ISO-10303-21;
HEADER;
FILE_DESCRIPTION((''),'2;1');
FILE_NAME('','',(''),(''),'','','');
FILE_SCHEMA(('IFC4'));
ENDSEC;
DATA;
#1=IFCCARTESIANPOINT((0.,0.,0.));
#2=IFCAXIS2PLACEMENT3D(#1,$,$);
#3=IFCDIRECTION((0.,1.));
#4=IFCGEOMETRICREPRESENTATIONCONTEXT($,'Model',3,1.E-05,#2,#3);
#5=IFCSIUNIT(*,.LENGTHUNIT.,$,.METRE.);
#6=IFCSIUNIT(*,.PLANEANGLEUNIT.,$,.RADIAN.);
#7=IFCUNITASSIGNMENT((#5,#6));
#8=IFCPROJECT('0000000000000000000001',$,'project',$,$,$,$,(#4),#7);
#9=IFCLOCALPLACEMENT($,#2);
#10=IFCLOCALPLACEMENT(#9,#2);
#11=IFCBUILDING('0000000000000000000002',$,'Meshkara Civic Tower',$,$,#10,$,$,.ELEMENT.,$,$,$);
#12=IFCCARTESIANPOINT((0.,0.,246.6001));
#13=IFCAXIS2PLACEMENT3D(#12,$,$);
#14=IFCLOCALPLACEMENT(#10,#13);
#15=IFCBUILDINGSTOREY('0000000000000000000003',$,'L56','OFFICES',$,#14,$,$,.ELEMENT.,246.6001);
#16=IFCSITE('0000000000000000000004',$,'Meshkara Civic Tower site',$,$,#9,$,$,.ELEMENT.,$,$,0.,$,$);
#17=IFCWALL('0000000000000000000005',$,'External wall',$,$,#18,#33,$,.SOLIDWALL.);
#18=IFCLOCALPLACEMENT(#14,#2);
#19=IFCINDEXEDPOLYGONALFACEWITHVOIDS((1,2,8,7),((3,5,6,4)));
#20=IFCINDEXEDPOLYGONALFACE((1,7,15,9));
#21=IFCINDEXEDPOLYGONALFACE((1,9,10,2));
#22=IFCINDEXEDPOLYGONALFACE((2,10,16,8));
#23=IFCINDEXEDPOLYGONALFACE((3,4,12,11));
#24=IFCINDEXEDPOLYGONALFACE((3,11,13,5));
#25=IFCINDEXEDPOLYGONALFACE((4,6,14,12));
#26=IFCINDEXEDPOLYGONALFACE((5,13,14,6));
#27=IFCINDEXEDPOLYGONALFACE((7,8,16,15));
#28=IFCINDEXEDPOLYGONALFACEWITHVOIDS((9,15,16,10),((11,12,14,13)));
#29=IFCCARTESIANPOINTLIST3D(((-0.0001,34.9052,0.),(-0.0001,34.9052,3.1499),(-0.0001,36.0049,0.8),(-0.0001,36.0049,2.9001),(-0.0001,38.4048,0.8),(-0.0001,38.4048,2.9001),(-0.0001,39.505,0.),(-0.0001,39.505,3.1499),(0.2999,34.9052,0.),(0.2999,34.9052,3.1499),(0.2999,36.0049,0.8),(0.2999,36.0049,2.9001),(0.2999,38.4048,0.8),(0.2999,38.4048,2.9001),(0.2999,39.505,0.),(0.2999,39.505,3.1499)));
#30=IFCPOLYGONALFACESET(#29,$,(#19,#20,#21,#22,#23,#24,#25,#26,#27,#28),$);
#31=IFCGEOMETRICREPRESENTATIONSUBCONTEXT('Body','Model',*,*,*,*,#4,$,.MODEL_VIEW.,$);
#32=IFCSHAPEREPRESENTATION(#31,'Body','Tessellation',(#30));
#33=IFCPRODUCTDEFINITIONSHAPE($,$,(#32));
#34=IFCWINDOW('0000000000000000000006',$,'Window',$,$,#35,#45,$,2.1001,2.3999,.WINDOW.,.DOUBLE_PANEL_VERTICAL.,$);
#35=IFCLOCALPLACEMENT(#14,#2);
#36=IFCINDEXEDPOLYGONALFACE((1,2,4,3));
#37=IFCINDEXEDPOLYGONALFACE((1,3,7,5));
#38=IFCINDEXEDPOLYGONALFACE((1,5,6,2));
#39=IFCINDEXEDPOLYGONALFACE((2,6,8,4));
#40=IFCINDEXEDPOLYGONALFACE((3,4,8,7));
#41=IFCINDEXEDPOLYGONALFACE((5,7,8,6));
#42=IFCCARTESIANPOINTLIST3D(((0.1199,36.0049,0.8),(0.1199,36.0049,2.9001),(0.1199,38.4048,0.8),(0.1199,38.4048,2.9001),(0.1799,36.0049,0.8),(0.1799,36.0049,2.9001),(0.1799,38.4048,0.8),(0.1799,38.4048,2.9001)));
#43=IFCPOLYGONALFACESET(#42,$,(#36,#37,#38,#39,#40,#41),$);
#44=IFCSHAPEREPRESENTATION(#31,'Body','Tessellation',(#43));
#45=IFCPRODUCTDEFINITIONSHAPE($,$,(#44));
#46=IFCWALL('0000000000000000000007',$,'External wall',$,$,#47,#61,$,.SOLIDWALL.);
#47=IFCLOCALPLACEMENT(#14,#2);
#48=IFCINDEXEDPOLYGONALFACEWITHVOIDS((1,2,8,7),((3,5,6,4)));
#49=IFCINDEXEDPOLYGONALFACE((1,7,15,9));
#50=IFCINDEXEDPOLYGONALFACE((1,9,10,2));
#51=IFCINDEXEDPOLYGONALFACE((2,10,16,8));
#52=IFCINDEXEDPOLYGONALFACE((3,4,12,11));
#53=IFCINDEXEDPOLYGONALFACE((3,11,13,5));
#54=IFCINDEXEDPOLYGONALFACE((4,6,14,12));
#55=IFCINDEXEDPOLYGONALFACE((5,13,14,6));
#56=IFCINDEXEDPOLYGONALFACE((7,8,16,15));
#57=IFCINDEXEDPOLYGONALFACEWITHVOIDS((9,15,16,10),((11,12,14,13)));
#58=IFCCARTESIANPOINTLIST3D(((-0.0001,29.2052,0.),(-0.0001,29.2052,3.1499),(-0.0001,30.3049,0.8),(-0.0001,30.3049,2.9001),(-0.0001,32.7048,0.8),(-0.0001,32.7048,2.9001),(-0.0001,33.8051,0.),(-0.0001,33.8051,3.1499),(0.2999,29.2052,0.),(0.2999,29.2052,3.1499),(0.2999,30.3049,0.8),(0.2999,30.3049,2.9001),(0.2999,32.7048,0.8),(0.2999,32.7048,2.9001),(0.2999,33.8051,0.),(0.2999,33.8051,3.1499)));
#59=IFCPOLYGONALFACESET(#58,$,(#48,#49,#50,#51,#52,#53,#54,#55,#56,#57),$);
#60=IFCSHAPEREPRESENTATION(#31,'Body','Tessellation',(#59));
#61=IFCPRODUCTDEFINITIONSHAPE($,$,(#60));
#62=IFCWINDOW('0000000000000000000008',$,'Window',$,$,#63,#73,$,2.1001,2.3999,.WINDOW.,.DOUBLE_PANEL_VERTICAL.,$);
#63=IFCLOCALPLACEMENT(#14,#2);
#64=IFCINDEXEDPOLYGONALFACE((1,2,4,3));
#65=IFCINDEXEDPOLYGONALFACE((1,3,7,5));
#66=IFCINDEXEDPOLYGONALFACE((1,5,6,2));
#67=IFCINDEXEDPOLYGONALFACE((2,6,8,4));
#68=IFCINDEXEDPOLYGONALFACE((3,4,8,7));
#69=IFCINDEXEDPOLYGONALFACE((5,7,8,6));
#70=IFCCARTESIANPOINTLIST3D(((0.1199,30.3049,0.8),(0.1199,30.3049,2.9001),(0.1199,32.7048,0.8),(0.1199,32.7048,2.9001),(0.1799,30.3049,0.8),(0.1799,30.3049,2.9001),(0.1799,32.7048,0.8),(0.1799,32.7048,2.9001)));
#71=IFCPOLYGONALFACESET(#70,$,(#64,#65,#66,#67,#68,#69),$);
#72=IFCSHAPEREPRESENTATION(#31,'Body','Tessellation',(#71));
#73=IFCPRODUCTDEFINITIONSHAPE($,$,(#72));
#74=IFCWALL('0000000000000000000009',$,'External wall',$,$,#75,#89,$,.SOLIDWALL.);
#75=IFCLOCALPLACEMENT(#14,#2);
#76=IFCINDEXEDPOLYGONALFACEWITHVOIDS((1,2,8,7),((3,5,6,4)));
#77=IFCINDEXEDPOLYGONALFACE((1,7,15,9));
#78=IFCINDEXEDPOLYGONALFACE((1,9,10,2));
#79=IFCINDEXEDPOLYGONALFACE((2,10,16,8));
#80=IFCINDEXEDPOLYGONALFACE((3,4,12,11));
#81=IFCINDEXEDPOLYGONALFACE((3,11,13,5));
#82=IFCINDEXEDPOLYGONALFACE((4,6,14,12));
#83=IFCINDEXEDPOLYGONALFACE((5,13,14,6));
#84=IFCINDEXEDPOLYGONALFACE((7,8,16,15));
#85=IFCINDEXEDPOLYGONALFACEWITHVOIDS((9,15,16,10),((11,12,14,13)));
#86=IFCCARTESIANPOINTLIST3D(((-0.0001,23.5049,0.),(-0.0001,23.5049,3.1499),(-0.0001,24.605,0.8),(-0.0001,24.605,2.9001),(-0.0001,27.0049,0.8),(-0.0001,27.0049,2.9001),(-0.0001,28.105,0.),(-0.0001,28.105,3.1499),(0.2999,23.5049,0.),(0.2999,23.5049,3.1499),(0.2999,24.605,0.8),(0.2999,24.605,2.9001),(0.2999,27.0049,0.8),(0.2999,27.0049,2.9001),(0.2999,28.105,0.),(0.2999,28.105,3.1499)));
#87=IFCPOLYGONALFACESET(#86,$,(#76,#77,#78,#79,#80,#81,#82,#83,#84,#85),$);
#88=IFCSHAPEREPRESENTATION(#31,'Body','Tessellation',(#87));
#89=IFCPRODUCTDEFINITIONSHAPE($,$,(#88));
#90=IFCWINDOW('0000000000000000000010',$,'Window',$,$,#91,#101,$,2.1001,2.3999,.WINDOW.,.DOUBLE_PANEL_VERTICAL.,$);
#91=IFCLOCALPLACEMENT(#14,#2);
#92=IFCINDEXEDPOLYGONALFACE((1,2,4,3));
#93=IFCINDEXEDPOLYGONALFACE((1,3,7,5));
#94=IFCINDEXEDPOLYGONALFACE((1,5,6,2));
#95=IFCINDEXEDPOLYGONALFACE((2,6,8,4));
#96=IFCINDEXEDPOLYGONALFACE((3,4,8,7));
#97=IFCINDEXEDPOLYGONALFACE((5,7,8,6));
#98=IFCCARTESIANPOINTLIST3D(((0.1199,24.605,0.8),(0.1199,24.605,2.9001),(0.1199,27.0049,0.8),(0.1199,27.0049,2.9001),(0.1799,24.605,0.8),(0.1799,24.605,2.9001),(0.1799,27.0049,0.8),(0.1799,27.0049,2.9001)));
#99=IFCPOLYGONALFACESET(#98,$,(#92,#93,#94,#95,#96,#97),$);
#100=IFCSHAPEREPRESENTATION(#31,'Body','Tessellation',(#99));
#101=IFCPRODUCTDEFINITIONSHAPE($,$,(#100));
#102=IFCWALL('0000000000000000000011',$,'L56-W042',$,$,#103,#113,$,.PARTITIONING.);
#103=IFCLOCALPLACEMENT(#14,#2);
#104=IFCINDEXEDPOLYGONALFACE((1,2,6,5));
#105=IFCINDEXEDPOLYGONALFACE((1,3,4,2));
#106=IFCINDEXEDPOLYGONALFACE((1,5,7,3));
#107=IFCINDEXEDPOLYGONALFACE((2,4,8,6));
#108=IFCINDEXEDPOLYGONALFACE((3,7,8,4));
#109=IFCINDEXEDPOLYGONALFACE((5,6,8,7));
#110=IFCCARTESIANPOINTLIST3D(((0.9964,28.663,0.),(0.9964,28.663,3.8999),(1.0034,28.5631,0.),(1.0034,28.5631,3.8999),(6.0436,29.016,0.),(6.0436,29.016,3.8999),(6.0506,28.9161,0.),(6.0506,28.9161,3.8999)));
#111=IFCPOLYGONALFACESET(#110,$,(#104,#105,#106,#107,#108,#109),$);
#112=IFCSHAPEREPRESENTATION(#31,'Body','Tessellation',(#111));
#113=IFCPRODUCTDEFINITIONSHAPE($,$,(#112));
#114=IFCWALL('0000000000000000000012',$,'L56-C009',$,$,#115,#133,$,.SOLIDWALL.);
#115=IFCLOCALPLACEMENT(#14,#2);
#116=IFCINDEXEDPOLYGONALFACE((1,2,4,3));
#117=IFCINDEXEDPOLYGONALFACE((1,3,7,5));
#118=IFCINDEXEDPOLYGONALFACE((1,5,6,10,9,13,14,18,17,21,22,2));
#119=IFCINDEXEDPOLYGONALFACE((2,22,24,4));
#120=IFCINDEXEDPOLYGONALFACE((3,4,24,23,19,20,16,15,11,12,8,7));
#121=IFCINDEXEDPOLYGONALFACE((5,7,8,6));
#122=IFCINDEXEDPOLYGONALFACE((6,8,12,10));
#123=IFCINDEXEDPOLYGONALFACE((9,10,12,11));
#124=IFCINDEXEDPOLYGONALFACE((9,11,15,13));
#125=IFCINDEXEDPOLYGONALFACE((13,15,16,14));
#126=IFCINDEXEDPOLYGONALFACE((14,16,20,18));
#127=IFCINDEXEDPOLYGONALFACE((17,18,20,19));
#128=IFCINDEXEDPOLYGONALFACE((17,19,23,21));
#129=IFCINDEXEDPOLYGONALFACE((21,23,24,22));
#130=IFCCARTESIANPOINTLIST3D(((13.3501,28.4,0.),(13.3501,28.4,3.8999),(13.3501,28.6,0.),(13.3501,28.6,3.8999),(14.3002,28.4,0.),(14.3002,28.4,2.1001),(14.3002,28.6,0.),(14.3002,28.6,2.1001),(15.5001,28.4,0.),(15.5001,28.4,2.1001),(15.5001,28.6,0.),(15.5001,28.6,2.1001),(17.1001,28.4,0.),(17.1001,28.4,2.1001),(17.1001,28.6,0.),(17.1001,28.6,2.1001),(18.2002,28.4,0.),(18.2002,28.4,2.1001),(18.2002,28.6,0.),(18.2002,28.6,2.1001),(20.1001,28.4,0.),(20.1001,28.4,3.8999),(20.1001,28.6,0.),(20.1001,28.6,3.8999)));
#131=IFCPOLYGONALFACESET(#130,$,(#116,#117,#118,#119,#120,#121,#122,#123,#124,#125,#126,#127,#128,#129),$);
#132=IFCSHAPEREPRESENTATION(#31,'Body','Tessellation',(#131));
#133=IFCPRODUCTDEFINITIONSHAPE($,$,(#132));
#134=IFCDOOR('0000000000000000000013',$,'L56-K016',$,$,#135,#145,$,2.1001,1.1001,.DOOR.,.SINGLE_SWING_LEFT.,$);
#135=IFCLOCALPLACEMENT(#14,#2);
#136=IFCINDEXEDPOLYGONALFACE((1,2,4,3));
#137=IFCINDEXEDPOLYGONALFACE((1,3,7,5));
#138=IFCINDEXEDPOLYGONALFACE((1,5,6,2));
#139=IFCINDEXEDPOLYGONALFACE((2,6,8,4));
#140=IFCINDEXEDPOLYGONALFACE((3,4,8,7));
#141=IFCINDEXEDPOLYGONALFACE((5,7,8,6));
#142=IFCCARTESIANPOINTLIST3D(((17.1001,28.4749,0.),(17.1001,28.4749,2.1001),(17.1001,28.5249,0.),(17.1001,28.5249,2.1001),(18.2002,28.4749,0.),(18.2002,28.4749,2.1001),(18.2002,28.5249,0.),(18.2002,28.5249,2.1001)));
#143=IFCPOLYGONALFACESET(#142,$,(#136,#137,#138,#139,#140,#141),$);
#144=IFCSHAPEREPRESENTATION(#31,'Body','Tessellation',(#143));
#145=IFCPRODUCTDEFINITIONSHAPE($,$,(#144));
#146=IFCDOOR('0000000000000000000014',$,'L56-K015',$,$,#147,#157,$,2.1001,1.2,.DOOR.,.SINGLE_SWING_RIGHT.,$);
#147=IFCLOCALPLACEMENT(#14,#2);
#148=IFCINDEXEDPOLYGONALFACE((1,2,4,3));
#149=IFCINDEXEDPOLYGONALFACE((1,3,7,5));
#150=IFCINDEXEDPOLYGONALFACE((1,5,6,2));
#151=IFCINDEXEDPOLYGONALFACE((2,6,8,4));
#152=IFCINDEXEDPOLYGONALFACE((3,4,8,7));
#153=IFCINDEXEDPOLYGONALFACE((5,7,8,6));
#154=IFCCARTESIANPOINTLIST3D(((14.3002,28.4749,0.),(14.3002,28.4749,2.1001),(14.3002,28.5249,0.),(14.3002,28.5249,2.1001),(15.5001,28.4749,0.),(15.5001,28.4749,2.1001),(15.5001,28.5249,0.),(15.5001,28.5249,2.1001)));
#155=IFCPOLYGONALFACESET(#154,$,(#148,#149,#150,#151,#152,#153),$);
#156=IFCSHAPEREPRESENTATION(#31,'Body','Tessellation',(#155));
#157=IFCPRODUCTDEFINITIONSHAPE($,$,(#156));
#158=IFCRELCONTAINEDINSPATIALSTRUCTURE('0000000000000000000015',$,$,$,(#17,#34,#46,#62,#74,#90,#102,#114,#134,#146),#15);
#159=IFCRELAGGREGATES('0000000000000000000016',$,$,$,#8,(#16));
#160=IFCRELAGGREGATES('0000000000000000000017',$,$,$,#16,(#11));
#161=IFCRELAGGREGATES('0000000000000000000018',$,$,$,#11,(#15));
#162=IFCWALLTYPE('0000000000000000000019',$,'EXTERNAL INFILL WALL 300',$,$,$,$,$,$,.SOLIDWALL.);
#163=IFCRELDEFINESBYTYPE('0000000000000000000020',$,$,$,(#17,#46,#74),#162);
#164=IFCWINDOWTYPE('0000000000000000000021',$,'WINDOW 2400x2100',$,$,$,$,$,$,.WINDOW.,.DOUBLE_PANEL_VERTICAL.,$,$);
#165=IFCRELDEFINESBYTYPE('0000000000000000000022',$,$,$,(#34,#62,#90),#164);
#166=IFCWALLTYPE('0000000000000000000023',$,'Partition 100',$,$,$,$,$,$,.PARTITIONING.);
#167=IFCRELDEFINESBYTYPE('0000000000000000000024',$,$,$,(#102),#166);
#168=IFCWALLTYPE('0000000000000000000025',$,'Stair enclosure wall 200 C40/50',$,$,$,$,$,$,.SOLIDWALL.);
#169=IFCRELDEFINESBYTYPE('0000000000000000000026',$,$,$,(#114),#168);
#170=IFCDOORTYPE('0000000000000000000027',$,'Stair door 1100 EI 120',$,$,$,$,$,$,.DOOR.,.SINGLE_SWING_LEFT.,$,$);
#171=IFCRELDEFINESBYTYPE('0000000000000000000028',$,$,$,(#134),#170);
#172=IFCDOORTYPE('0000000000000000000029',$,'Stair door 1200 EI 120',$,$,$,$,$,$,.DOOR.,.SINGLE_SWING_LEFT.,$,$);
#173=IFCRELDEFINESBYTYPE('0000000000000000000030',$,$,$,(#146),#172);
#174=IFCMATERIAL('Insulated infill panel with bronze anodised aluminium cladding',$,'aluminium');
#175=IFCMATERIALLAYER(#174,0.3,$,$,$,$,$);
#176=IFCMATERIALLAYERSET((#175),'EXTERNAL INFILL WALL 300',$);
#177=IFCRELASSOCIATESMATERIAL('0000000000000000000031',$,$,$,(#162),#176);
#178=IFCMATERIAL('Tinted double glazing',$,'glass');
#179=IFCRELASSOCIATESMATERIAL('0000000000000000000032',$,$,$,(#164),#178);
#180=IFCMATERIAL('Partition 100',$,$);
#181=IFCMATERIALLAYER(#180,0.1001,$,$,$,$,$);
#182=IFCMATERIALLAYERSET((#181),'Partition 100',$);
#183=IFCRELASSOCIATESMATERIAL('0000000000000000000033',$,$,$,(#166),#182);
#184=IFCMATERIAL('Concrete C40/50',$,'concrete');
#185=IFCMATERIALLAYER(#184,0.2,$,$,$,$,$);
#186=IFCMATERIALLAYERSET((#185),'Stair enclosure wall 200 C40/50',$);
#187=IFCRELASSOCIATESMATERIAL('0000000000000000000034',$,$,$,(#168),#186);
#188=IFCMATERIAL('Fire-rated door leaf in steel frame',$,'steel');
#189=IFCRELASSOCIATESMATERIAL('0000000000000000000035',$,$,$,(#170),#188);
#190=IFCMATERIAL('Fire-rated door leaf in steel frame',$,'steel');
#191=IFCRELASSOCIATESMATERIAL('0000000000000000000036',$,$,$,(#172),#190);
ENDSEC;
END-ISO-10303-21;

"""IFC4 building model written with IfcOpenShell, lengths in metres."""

from ifc_helpers import new_model, si_unit, direction, frame, frame_2d, origin, place, context, subcontext, project, spatial, rectangle, extrude, material, layer, layer_set, type_object, element, fill, save


model = new_model("IFC4")

# Units and contexts
model_context = context("Model", 3, precision=1e-05, world=origin(), true_north=direction((0.0, 1.0)))
body_context = subcontext(model_context, "Body", "Model", "MODEL_VIEW")
ifc_project = project(units=[si_unit("LENGTHUNIT", "METRE"), si_unit("PLANEANGLEUNIT", "RADIAN")], contexts=[model_context])

# Site, building, storey
site_placement = place(None, origin())
site = spatial("IfcSite", under=ifc_project, at=site_placement, Name="Meshkara Civic Tower site", CompositionType="ELEMENT", RefElevation=0.0)
building_placement = place(site_placement, origin())
building = spatial("IfcBuilding", under=site, at=building_placement, Name="Meshkara Civic Tower", CompositionType="ELEMENT")
storey_placement = place(building_placement, frame((0.0, 0.0, 246.6001)))
storey = spatial("IfcBuildingStorey", under=building, at=storey_placement, Name="L56", Description="OFFICES", CompositionType="ELEMENT", Elevation=246.6001)

# Walls, openings, windows
ifc_material_1 = material(Name="Insulated infill panel with bronze anodised aluminium cladding", Category="aluminium")
ifc_layer_1 = layer(ifc_material_1, 0.3)
ifc_layer_set_1 = layer_set([ifc_layer_1], Name="EXTERNAL INFILL WALL 300")
wall_type_1 = type_object("IfcWallType", Name="EXTERNAL INFILL WALL 300", PredefinedType="SOLIDWALL", material=ifc_layer_set_1)
wall_1_placement = place(storey_placement, frame((0.1499, 39.5049, 0.0), z_axis=(0.0, 0.0, 1.0), x_axis=(0.0, -1.0, 0.0)))
wall_1 = element("IfcWall", 1, at=wall_1_placement, inside=storey, type_object=wall_type_1, Name="External wall", PredefinedType="SOLIDWALL", context=body_context, shape_type="SweptSolid", body=[
    extrude(rectangle(XDim=4.5999, YDim=0.3, at=frame_2d((2.2998, 0.0))), origin(), (0.0, 0.0, 1.0), 3.1499),
])
opening_1_placement = place(wall_1_placement, frame((1.1001, 0.0, 0.8)))
opening_1 = element("IfcOpeningElement", 2, at=opening_1_placement, cuts=wall_1, PredefinedType="OPENING", context=body_context, shape_type="SweptSolid", body=[
    extrude(rectangle(XDim=2.3999, YDim=2.1001, at=frame_2d((1.2, 1.05))), frame((0.0, 0.1599, 0.0), z_axis=(0.0, -1.0, 0.0), x_axis=(1.0, 0.0, 0.0)), (0.0, 0.0, 1.0), 0.3201),
])
ifc_material_2 = material(Name="Tinted double glazing", Category="glass")
window_type = type_object("IfcWindowType", Name="WINDOW 2400x2100", PartitioningType="DOUBLE_PANEL_VERTICAL", PredefinedType="WINDOW", material=ifc_material_2)
window_1_placement = place(opening_1_placement, origin())
window_1 = element("IfcWindow", 3, at=window_1_placement, inside=storey, type_object=window_type, Name="Window", OverallHeight=2.1001, OverallWidth=2.3999, PartitioningType="DOUBLE_PANEL_VERTICAL", PredefinedType="WINDOW", context=body_context, shape_type="SweptSolid", body=[
    extrude(rectangle(XDim=2.3999, YDim=2.1001, at=frame_2d((1.2, 1.05))), frame((0.0, 0.03, 0.0), z_axis=(0.0, -1.0, 0.0), x_axis=(1.0, 0.0, 0.0)), (0.0, 0.0, 1.0), 0.0601),
])
fill(opening_1, window_1)
wall_2_placement = place(storey_placement, frame((0.1499, 33.8049, 0.0), z_axis=(0.0, 0.0, 1.0), x_axis=(0.0, -1.0, 0.0)))
wall_2 = element("IfcWall", 4, at=wall_2_placement, inside=storey, type_object=wall_type_1, Name="External wall", PredefinedType="SOLIDWALL", context=body_context, shape_type="SweptSolid", body=[
    extrude(rectangle(XDim=4.5999, YDim=0.3, at=frame_2d((2.2998, 0.0))), origin(), (0.0, 0.0, 1.0), 3.1499),
])
opening_2_placement = place(wall_2_placement, frame((1.1001, 0.0, 0.8)))
opening_2 = element("IfcOpeningElement", 5, at=opening_2_placement, cuts=wall_2, PredefinedType="OPENING", context=body_context, shape_type="SweptSolid", body=[
    extrude(rectangle(XDim=2.3999, YDim=2.1001, at=frame_2d((1.2, 1.05))), frame((0.0, 0.1599, 0.0), z_axis=(0.0, -1.0, 0.0), x_axis=(1.0, 0.0, 0.0)), (0.0, 0.0, 1.0), 0.3201),
])
window_2_placement = place(opening_2_placement, origin())
window_2 = element("IfcWindow", 6, at=window_2_placement, inside=storey, type_object=window_type, Name="Window", OverallHeight=2.1001, OverallWidth=2.3999, PartitioningType="DOUBLE_PANEL_VERTICAL", PredefinedType="WINDOW", context=body_context, shape_type="SweptSolid", body=[
    extrude(rectangle(XDim=2.3999, YDim=2.1001, at=frame_2d((1.2, 1.05))), frame((0.0, 0.03, 0.0), z_axis=(0.0, -1.0, 0.0), x_axis=(1.0, 0.0, 0.0)), (0.0, 0.0, 1.0), 0.0601),
])
fill(opening_2, window_2)
wall_3_placement = place(storey_placement, frame((0.1499, 28.105, 0.0), z_axis=(0.0, 0.0, 1.0), x_axis=(0.0, -1.0, 0.0)))
wall_3 = element("IfcWall", 7, at=wall_3_placement, inside=storey, type_object=wall_type_1, Name="External wall", PredefinedType="SOLIDWALL", context=body_context, shape_type="SweptSolid", body=[
    extrude(rectangle(XDim=4.6001, YDim=0.3, at=frame_2d((2.3, 0.0))), origin(), (0.0, 0.0, 1.0), 3.1499),
])
opening_3_placement = place(wall_3_placement, frame((1.1001, 0.0, 0.8)))
opening_3 = element("IfcOpeningElement", 8, at=opening_3_placement, cuts=wall_3, PredefinedType="OPENING", context=body_context, shape_type="SweptSolid", body=[
    extrude(rectangle(XDim=2.3999, YDim=2.1001, at=frame_2d((1.2, 1.05))), frame((0.0, 0.1599, 0.0), z_axis=(0.0, -1.0, 0.0), x_axis=(1.0, 0.0, 0.0)), (0.0, 0.0, 1.0), 0.3201),
])
window_3_placement = place(opening_3_placement, origin())
window_3 = element("IfcWindow", 9, at=window_3_placement, inside=storey, type_object=window_type, Name="Window", OverallHeight=2.1001, OverallWidth=2.3999, PartitioningType="DOUBLE_PANEL_VERTICAL", PredefinedType="WINDOW", context=body_context, shape_type="SweptSolid", body=[
    extrude(rectangle(XDim=2.3999, YDim=2.1001, at=frame_2d((1.2, 1.05))), frame((0.0, 0.03, 0.0), z_axis=(0.0, -1.0, 0.0), x_axis=(1.0, 0.0, 0.0)), (0.0, 0.0, 1.0), 0.0601),
])
fill(opening_3, window_3)

# Wall
ifc_material_3 = material(Name="Partition 100")
ifc_layer_2 = layer(ifc_material_3, 0.1001)
ifc_layer_set_2 = layer_set([ifc_layer_2], Name="Partition 100")
wall_type_2 = type_object("IfcWallType", Name="Partition 100", PredefinedType="PARTITIONING", material=ifc_layer_set_2)
wall_4_placement = place(storey_placement, frame((6.0471, 28.9661, 0.0), z_axis=(0.0, 0.0, 1.0), x_axis=(-0.997563, -0.069776, 0.0)))
element("IfcWall", 10, at=wall_4_placement, inside=storey, type_object=wall_type_2, Name="L56-W042", PredefinedType="PARTITIONING", context=body_context, shape_type="SweptSolid", body=[
    extrude(rectangle(XDim=5.0596, YDim=0.1001, at=frame_2d((2.5298, 0.0))), origin(), (0.0, 0.0, 1.0), 3.8999),
])

# Wall, openings, doors
ifc_material_4 = material(Name="Concrete C40/50", Category="concrete")
ifc_layer_3 = layer(ifc_material_4, 0.2)
ifc_layer_set_3 = layer_set([ifc_layer_3], Name="Stair enclosure wall 200 C40/50")
wall_type_3 = type_object("IfcWallType", Name="Stair enclosure wall 200 C40/50", PredefinedType="SOLIDWALL", material=ifc_layer_set_3)
wall_5_placement = place(storey_placement, frame((13.3501, 28.5, 0.0), z_axis=(0.0, 0.0, 1.0), x_axis=(1.0, 0.0, 0.0)))
wall_5 = element("IfcWall", 11, at=wall_5_placement, inside=storey, type_object=wall_type_3, Name="L56-C009", PredefinedType="SOLIDWALL", context=body_context, shape_type="SweptSolid", body=[
    extrude(rectangle(XDim=6.75, YDim=0.2, at=frame_2d((3.375, 0.0))), origin(), (0.0, 0.0, 1.0), 3.8999),
])
opening_4_placement = place(wall_5_placement, frame((0.95, 0.0, 0.0)))
opening_4 = element("IfcOpeningElement", 12, at=opening_4_placement, cuts=wall_5, PredefinedType="OPENING", context=body_context, shape_type="SweptSolid", body=[
    extrude(rectangle(XDim=1.2, YDim=2.1001, at=frame_2d((0.6001, 1.05))), frame((0.0, 0.1099, 0.0), z_axis=(0.0, -1.0, 0.0), x_axis=(1.0, 0.0, 0.0)), (0.0, 0.0, 1.0), 0.22),
])
opening_5_placement = place(wall_5_placement, frame((3.75, 0.0, 0.0)))
opening_5 = element("IfcOpeningElement", 13, at=opening_5_placement, cuts=wall_5, PredefinedType="OPENING", context=body_context, shape_type="SweptSolid", body=[
    extrude(rectangle(XDim=1.1001, YDim=2.1001, at=frame_2d((0.55, 1.05))), frame((0.0, 0.1099, 0.0), z_axis=(0.0, -1.0, 0.0), x_axis=(1.0, 0.0, 0.0)), (0.0, 0.0, 1.0), 0.22),
])
ifc_material_5 = material(Name="Fire-rated door leaf in steel frame", Category="steel")
door_type_1 = type_object("IfcDoorType", Name="Stair door 1100 EI 120", OperationType="SINGLE_SWING_LEFT", PredefinedType="DOOR", material=ifc_material_5)
door_1_placement = place(opening_5_placement, origin())
door_1 = element("IfcDoor", 14, at=door_1_placement, inside=storey, type_object=door_type_1, Name="L56-K016", OperationType="SINGLE_SWING_LEFT", OverallHeight=2.1001, OverallWidth=1.1001, PredefinedType="DOOR", context=body_context, shape_type="SweptSolid", body=[
    extrude(rectangle(XDim=1.1001, YDim=2.1001, at=frame_2d((0.55, 1.05))), frame((0.0, 0.0249, 0.0), z_axis=(0.0, -1.0, 0.0), x_axis=(1.0, 0.0, 0.0)), (0.0, 0.0, 1.0), 0.05),
])
fill(opening_5, door_1)
ifc_material_6 = material(Name="Fire-rated door leaf in steel frame", Category="steel")
door_type_2 = type_object("IfcDoorType", Name="Stair door 1200 EI 120", OperationType="SINGLE_SWING_LEFT", PredefinedType="DOOR", material=ifc_material_6)
door_2_placement = place(opening_4_placement, origin())
door_2 = element("IfcDoor", 15, at=door_2_placement, inside=storey, type_object=door_type_2, Name="L56-K015", OperationType="SINGLE_SWING_RIGHT", OverallHeight=2.1001, OverallWidth=1.2, PredefinedType="DOOR", context=body_context, shape_type="SweptSolid", body=[
    extrude(rectangle(XDim=1.2, YDim=2.1001, at=frame_2d((0.6001, 1.05))), frame((0.0, 0.0249, 0.0), z_axis=(0.0, -1.0, 0.0), x_axis=(1.0, 0.0, 0.0)), (0.0, 0.0, 1.0), 0.05),
])
fill(opening_4, door_2)

save(model, "model.ifc")
